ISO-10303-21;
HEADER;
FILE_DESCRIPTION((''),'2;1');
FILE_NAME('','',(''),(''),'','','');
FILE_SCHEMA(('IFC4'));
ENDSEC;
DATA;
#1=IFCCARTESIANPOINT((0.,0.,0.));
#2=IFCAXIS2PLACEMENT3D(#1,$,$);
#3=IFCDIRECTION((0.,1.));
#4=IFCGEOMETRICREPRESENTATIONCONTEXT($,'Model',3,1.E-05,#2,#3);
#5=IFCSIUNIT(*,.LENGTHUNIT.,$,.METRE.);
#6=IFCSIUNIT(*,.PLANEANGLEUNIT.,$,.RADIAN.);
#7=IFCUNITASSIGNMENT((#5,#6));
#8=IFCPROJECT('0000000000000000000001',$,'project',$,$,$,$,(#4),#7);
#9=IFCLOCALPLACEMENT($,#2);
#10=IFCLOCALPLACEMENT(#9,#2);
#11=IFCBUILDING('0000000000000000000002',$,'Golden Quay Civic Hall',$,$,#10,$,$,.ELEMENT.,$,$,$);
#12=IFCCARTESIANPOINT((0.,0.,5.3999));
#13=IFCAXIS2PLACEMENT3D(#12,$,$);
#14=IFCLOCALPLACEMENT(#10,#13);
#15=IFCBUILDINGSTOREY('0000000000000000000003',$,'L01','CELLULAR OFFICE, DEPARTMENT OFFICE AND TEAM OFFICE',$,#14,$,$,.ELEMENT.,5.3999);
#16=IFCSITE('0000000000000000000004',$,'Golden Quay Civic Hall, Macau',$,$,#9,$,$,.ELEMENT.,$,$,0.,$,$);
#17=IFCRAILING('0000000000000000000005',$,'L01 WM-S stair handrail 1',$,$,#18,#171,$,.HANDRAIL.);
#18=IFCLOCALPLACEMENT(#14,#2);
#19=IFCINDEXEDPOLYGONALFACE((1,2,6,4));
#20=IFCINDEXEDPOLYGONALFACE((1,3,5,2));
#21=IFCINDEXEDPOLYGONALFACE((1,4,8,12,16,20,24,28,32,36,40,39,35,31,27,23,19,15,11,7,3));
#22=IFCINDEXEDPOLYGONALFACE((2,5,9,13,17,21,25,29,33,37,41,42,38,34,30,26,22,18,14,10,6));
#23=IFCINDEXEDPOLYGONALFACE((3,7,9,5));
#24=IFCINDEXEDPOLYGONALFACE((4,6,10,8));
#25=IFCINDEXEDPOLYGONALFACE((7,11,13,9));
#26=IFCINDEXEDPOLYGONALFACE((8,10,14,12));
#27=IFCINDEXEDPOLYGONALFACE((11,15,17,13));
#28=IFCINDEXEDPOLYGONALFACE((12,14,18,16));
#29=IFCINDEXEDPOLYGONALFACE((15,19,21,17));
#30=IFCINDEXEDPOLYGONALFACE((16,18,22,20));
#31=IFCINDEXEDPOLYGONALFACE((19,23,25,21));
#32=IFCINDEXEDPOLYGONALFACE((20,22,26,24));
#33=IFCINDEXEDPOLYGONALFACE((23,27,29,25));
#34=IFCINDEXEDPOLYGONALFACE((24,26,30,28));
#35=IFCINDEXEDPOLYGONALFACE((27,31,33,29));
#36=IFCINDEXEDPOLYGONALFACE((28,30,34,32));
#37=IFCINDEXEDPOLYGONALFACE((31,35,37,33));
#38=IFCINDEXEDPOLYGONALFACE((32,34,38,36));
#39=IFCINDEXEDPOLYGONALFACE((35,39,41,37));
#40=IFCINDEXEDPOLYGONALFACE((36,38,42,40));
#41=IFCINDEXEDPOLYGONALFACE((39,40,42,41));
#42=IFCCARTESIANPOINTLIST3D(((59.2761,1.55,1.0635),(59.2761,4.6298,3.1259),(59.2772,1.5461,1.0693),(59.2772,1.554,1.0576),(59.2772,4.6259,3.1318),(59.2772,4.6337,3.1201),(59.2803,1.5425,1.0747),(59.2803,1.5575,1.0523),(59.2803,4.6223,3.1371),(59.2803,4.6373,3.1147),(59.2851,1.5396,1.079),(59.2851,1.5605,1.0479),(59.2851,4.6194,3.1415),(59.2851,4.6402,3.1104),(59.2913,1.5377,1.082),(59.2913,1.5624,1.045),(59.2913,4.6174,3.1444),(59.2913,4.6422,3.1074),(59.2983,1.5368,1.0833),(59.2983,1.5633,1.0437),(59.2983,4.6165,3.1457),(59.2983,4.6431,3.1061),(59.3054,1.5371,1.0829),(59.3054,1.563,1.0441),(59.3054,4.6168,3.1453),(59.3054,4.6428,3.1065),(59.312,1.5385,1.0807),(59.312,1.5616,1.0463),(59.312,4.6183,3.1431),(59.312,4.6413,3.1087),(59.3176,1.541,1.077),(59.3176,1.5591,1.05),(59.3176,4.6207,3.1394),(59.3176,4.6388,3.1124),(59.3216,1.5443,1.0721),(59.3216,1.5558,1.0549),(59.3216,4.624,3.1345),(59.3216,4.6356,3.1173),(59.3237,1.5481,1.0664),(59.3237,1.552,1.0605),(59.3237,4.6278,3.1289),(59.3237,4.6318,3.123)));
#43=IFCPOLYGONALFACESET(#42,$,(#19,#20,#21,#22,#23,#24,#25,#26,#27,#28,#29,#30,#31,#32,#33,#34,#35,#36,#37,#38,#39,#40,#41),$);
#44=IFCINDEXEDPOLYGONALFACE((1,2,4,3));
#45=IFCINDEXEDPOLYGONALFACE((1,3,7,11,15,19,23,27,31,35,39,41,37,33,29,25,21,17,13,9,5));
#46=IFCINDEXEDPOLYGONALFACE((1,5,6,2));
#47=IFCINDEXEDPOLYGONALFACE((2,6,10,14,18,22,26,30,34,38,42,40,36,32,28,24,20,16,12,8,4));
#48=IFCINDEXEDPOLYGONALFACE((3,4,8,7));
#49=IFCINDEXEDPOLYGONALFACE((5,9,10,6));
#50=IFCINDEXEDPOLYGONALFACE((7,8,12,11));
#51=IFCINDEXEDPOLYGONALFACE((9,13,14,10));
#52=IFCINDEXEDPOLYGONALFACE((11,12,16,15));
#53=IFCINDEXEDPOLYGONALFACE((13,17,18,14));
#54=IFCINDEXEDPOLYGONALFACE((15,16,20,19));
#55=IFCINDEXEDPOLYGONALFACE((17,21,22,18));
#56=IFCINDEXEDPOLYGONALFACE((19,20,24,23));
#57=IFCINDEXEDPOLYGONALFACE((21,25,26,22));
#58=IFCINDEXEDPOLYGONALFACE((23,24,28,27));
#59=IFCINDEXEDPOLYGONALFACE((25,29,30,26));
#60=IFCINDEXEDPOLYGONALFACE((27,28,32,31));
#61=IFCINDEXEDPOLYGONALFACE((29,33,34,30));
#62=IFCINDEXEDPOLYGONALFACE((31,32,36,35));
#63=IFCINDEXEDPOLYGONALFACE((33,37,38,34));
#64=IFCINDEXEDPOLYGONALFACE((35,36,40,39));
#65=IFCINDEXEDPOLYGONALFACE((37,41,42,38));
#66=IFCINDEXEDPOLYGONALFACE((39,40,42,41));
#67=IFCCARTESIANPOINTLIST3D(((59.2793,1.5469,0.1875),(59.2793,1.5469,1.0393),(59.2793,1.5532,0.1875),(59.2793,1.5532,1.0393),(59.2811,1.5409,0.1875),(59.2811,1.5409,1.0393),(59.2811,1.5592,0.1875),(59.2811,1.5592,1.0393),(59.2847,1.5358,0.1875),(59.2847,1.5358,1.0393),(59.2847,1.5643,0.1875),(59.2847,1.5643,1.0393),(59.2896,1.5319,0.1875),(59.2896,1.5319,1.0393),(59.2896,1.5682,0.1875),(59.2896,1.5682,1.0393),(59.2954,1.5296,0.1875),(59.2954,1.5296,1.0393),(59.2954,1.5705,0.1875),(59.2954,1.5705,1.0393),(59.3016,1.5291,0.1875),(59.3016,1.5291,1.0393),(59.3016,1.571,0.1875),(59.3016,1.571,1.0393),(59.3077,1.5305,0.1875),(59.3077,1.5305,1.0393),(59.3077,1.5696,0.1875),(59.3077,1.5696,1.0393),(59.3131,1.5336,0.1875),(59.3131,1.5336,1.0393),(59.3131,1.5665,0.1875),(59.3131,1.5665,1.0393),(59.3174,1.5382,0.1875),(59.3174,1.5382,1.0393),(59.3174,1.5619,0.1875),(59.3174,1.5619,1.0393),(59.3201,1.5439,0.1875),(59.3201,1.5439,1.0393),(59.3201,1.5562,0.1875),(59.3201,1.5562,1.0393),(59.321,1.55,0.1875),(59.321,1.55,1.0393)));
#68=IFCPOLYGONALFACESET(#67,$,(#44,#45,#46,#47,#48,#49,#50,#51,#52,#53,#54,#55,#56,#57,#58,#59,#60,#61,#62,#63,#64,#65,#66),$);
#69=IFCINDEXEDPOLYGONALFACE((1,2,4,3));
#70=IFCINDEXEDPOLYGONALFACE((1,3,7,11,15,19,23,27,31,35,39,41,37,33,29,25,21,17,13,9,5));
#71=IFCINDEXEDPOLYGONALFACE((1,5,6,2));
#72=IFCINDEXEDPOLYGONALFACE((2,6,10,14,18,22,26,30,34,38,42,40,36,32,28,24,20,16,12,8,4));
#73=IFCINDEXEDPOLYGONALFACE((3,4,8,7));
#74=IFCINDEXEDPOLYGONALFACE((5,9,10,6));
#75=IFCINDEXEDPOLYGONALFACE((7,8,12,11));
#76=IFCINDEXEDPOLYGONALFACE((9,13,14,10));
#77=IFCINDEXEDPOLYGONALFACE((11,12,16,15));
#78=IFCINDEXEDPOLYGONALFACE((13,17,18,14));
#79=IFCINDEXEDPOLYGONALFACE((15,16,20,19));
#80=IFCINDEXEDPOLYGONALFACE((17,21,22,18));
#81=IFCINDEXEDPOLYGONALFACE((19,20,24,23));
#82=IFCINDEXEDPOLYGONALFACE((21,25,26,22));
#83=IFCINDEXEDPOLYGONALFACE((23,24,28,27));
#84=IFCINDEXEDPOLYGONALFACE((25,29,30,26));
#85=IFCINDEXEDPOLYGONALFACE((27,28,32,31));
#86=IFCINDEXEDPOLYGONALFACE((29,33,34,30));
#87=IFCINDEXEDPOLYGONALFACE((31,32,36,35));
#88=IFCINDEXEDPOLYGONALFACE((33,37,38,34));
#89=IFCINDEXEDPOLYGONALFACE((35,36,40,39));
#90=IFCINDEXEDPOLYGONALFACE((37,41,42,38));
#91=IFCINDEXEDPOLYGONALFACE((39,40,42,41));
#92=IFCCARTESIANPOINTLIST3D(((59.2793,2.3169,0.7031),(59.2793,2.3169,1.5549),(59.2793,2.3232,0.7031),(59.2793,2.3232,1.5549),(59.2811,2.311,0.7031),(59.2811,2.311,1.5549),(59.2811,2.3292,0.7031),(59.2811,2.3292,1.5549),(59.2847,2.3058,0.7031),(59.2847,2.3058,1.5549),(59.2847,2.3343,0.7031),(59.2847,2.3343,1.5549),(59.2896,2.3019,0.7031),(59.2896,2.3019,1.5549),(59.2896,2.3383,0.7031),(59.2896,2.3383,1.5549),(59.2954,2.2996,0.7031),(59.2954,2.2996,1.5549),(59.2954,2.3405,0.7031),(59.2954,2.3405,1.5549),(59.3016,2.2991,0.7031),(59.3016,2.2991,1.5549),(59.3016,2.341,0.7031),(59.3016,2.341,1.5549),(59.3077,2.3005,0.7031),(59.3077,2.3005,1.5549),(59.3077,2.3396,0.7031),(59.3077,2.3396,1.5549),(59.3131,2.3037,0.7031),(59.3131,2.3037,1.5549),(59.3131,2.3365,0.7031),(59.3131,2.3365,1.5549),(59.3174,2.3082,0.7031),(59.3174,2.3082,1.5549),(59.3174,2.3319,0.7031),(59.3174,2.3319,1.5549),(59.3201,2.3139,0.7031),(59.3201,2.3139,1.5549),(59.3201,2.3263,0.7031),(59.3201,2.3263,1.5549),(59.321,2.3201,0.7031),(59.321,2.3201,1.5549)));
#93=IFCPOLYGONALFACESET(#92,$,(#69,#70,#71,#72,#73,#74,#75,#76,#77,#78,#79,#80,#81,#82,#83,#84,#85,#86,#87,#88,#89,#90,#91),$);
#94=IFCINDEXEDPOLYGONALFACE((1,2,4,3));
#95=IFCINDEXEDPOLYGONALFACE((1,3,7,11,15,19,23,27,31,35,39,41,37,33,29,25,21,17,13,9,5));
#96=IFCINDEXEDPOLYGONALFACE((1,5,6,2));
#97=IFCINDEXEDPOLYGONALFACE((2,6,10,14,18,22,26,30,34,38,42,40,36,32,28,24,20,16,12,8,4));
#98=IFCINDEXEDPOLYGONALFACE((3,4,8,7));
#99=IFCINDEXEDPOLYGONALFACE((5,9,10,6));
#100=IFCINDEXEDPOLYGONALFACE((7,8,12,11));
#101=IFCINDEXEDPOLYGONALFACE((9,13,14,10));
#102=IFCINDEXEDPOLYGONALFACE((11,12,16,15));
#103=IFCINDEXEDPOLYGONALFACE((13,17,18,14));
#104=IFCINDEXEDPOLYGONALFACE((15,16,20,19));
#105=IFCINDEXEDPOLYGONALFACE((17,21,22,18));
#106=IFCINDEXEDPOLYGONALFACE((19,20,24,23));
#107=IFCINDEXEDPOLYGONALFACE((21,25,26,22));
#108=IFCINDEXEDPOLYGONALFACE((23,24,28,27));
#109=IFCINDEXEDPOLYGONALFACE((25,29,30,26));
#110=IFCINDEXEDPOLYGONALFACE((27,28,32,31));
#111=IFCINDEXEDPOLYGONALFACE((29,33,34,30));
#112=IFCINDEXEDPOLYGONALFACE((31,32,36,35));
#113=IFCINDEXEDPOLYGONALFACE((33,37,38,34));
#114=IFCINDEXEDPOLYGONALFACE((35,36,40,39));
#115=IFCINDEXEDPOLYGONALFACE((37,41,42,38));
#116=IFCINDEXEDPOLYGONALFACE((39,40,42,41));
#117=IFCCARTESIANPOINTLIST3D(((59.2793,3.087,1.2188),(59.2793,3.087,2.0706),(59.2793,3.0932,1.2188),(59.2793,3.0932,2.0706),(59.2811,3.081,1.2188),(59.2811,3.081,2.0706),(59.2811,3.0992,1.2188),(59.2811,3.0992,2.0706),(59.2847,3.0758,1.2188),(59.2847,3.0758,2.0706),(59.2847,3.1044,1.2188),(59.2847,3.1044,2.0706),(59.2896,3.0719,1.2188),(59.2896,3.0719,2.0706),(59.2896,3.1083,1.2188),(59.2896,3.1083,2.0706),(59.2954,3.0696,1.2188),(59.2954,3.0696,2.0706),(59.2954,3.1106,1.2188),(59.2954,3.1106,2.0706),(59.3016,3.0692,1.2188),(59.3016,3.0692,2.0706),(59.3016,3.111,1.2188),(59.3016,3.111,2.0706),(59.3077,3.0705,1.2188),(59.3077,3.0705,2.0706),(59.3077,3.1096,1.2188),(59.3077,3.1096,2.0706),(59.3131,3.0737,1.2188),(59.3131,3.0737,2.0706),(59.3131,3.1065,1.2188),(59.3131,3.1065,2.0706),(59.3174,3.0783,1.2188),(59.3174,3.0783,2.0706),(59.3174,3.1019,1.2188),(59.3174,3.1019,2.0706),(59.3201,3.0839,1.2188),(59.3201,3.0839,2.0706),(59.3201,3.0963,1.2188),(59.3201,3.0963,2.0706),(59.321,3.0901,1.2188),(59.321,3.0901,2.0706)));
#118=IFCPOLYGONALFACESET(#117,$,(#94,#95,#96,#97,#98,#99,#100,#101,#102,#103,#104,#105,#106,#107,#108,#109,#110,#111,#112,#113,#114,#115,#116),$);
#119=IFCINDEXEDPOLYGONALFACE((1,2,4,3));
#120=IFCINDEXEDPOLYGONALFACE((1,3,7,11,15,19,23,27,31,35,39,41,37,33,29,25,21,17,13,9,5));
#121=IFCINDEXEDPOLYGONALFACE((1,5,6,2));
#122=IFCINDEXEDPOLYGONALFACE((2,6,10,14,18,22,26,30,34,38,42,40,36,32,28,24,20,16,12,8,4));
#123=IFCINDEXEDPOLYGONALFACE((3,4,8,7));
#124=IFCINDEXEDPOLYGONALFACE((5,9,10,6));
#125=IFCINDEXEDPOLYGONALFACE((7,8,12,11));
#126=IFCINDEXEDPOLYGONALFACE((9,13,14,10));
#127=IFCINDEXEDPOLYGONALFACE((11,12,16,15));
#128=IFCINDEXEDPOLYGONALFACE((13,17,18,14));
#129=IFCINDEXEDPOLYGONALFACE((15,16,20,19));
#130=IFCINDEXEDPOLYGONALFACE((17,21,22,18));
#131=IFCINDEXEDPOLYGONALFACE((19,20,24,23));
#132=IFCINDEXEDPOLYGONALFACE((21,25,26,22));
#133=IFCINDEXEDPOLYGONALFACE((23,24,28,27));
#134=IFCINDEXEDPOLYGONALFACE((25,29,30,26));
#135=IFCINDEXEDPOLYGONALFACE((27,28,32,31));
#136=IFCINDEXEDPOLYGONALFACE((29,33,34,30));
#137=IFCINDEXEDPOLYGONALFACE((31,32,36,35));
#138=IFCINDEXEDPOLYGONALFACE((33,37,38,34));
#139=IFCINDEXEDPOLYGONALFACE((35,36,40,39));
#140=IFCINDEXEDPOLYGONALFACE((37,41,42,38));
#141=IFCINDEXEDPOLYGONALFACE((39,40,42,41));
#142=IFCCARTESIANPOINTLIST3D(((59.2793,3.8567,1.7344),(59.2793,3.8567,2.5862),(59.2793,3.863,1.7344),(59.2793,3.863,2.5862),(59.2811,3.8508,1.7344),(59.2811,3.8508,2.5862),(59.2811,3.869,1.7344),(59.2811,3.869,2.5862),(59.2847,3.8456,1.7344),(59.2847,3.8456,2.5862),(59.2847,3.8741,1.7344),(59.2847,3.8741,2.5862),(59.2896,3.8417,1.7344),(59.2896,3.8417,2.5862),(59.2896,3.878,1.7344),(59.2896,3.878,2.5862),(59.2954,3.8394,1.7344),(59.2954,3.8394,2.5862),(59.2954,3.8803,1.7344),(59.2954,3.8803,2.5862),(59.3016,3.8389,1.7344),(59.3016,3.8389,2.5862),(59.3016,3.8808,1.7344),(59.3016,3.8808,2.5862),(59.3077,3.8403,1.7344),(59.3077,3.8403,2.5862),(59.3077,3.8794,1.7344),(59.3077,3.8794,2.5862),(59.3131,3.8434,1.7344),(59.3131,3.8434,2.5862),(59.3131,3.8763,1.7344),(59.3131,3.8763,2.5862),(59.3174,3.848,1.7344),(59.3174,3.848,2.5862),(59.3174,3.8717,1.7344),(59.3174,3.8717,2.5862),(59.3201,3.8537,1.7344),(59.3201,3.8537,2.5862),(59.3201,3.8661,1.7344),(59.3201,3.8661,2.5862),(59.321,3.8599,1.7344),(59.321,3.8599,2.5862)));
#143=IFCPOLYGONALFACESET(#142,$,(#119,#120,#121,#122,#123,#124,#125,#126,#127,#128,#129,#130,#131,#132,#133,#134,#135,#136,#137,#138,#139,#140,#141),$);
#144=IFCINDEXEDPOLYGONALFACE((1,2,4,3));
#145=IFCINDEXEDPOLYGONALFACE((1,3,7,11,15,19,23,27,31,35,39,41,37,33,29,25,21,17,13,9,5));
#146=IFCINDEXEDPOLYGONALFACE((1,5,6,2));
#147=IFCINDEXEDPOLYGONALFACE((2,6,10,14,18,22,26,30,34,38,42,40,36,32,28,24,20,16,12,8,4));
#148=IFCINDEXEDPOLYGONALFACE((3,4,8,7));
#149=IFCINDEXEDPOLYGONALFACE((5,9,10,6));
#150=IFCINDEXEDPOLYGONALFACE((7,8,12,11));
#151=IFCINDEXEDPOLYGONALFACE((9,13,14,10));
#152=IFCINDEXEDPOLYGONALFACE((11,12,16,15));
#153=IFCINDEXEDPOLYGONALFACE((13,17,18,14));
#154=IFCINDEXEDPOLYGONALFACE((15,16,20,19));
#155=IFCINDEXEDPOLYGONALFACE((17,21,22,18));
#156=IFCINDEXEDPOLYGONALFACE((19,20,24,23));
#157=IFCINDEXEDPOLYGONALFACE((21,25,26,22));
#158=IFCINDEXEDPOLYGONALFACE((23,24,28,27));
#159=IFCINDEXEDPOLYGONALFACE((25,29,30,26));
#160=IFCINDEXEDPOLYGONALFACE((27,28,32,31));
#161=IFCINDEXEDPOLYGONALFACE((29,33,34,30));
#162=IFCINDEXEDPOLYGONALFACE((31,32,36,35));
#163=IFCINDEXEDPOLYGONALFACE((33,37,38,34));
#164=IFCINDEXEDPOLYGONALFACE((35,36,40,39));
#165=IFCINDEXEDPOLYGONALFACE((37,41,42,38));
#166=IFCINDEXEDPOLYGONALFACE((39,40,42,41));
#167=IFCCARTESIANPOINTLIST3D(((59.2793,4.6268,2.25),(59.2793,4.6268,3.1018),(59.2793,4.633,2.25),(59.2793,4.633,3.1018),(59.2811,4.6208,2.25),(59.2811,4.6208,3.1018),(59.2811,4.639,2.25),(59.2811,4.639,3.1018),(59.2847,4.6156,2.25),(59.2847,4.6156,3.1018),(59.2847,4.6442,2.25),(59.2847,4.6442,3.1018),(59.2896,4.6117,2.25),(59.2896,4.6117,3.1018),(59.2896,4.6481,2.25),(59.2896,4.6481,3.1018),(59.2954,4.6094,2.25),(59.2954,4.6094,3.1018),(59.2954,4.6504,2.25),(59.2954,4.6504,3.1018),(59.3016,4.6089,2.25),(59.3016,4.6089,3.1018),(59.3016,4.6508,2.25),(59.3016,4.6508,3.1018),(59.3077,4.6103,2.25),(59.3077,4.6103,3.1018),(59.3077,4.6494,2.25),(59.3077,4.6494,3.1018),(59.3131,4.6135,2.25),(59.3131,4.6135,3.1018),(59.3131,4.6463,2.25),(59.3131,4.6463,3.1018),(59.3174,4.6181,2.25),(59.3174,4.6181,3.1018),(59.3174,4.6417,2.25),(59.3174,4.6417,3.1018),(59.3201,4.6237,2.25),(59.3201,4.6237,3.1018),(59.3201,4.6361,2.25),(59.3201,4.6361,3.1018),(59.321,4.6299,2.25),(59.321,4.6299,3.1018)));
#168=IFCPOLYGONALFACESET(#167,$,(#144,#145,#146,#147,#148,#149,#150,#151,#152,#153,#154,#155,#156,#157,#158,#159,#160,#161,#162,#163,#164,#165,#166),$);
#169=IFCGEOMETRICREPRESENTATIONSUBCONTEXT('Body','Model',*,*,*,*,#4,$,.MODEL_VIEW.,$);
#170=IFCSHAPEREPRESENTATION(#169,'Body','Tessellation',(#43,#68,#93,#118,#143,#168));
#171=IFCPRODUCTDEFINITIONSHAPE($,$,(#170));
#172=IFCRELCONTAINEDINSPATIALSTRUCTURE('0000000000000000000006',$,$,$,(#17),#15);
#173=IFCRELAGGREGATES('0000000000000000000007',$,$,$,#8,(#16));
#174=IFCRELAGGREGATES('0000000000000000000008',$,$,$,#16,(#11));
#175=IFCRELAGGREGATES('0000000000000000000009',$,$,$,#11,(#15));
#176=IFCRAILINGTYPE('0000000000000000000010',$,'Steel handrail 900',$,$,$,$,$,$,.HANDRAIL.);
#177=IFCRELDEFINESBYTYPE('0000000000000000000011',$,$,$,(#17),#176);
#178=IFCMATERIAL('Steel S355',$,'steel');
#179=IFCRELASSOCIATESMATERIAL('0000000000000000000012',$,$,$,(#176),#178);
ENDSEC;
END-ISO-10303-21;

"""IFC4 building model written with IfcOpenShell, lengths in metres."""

from ifc_helpers import new_model, si_unit, direction, frame, origin, origin_2d, place, context, subcontext, project, spatial, circle, extrude, material, type_object, element, save


model = new_model("IFC4")

# Units and contexts
model_context = context("Model", 3, precision=1e-05, world=origin(), true_north=direction((0.0, 1.0)))
body_context = subcontext(model_context, "Body", "Model", "MODEL_VIEW")
ifc_project = project(units=[si_unit("LENGTHUNIT", "METRE"), si_unit("PLANEANGLEUNIT", "RADIAN")], contexts=[model_context])

# Site, building, storey
site_placement = place(None, origin())
site = spatial("IfcSite", under=ifc_project, at=site_placement, Name="Golden Quay Civic Hall, Macau", CompositionType="ELEMENT", RefElevation=0.0)
building_placement = place(site_placement, origin())
building = spatial("IfcBuilding", under=site, at=building_placement, Name="Golden Quay Civic Hall", CompositionType="ELEMENT")
storey_placement = place(building_placement, frame((0.0, 0.0, 5.3999)))
storey = spatial("IfcBuildingStorey", under=building, at=storey_placement, Name="L01", Description="CELLULAR OFFICE, DEPARTMENT OFFICE AND TEAM OFFICE", CompositionType="ELEMENT", Elevation=5.3999)

# Railing
ifc_material_1 = material(Name="Steel S355", Category="steel")
railing_type_1 = type_object("IfcRailingType", Name="Steel handrail 900", PredefinedType="HANDRAIL", material=ifc_material_1)
railing_1_placement = place(storey_placement, frame((59.3, 1.55, 0.1875)))
element("IfcRailing", 1, at=railing_1_placement, inside=storey, type_object=railing_type_1, Name="L01 WM-S stair handrail 1", PredefinedType="HANDRAIL", context=body_context, shape_type="SweptSolid", body=[
    extrude(circle(Radius=0.0239, at=origin_2d()), frame((0.0, 0.0, 0.876), z_axis=(0.0, 0.830893, 0.556432), x_axis=(-1.0, 0.0, 0.0)), (0.0, 0.0, 1.0), 3.7065),
    extrude(circle(Radius=0.021, at=origin_2d()), origin(), (0.0, 0.0, 1.0), 0.8518),
    extrude(circle(Radius=0.021, at=origin_2d()), frame((0.0, 0.77, 0.5156)), (0.0, 0.0, 1.0), 0.8518),
    extrude(circle(Radius=0.021, at=origin_2d()), frame((0.0, 1.54, 1.0312)), (0.0, 0.0, 1.0), 0.8518),
    extrude(circle(Radius=0.021, at=origin_2d()), frame((0.0, 2.3098, 1.5469)), (0.0, 0.0, 1.0), 0.8518),
    extrude(circle(Radius=0.021, at=origin_2d()), frame((0.0, 3.0798, 2.0625)), (0.0, 0.0, 1.0), 0.8518),
])

save(model, "model.ifc")
